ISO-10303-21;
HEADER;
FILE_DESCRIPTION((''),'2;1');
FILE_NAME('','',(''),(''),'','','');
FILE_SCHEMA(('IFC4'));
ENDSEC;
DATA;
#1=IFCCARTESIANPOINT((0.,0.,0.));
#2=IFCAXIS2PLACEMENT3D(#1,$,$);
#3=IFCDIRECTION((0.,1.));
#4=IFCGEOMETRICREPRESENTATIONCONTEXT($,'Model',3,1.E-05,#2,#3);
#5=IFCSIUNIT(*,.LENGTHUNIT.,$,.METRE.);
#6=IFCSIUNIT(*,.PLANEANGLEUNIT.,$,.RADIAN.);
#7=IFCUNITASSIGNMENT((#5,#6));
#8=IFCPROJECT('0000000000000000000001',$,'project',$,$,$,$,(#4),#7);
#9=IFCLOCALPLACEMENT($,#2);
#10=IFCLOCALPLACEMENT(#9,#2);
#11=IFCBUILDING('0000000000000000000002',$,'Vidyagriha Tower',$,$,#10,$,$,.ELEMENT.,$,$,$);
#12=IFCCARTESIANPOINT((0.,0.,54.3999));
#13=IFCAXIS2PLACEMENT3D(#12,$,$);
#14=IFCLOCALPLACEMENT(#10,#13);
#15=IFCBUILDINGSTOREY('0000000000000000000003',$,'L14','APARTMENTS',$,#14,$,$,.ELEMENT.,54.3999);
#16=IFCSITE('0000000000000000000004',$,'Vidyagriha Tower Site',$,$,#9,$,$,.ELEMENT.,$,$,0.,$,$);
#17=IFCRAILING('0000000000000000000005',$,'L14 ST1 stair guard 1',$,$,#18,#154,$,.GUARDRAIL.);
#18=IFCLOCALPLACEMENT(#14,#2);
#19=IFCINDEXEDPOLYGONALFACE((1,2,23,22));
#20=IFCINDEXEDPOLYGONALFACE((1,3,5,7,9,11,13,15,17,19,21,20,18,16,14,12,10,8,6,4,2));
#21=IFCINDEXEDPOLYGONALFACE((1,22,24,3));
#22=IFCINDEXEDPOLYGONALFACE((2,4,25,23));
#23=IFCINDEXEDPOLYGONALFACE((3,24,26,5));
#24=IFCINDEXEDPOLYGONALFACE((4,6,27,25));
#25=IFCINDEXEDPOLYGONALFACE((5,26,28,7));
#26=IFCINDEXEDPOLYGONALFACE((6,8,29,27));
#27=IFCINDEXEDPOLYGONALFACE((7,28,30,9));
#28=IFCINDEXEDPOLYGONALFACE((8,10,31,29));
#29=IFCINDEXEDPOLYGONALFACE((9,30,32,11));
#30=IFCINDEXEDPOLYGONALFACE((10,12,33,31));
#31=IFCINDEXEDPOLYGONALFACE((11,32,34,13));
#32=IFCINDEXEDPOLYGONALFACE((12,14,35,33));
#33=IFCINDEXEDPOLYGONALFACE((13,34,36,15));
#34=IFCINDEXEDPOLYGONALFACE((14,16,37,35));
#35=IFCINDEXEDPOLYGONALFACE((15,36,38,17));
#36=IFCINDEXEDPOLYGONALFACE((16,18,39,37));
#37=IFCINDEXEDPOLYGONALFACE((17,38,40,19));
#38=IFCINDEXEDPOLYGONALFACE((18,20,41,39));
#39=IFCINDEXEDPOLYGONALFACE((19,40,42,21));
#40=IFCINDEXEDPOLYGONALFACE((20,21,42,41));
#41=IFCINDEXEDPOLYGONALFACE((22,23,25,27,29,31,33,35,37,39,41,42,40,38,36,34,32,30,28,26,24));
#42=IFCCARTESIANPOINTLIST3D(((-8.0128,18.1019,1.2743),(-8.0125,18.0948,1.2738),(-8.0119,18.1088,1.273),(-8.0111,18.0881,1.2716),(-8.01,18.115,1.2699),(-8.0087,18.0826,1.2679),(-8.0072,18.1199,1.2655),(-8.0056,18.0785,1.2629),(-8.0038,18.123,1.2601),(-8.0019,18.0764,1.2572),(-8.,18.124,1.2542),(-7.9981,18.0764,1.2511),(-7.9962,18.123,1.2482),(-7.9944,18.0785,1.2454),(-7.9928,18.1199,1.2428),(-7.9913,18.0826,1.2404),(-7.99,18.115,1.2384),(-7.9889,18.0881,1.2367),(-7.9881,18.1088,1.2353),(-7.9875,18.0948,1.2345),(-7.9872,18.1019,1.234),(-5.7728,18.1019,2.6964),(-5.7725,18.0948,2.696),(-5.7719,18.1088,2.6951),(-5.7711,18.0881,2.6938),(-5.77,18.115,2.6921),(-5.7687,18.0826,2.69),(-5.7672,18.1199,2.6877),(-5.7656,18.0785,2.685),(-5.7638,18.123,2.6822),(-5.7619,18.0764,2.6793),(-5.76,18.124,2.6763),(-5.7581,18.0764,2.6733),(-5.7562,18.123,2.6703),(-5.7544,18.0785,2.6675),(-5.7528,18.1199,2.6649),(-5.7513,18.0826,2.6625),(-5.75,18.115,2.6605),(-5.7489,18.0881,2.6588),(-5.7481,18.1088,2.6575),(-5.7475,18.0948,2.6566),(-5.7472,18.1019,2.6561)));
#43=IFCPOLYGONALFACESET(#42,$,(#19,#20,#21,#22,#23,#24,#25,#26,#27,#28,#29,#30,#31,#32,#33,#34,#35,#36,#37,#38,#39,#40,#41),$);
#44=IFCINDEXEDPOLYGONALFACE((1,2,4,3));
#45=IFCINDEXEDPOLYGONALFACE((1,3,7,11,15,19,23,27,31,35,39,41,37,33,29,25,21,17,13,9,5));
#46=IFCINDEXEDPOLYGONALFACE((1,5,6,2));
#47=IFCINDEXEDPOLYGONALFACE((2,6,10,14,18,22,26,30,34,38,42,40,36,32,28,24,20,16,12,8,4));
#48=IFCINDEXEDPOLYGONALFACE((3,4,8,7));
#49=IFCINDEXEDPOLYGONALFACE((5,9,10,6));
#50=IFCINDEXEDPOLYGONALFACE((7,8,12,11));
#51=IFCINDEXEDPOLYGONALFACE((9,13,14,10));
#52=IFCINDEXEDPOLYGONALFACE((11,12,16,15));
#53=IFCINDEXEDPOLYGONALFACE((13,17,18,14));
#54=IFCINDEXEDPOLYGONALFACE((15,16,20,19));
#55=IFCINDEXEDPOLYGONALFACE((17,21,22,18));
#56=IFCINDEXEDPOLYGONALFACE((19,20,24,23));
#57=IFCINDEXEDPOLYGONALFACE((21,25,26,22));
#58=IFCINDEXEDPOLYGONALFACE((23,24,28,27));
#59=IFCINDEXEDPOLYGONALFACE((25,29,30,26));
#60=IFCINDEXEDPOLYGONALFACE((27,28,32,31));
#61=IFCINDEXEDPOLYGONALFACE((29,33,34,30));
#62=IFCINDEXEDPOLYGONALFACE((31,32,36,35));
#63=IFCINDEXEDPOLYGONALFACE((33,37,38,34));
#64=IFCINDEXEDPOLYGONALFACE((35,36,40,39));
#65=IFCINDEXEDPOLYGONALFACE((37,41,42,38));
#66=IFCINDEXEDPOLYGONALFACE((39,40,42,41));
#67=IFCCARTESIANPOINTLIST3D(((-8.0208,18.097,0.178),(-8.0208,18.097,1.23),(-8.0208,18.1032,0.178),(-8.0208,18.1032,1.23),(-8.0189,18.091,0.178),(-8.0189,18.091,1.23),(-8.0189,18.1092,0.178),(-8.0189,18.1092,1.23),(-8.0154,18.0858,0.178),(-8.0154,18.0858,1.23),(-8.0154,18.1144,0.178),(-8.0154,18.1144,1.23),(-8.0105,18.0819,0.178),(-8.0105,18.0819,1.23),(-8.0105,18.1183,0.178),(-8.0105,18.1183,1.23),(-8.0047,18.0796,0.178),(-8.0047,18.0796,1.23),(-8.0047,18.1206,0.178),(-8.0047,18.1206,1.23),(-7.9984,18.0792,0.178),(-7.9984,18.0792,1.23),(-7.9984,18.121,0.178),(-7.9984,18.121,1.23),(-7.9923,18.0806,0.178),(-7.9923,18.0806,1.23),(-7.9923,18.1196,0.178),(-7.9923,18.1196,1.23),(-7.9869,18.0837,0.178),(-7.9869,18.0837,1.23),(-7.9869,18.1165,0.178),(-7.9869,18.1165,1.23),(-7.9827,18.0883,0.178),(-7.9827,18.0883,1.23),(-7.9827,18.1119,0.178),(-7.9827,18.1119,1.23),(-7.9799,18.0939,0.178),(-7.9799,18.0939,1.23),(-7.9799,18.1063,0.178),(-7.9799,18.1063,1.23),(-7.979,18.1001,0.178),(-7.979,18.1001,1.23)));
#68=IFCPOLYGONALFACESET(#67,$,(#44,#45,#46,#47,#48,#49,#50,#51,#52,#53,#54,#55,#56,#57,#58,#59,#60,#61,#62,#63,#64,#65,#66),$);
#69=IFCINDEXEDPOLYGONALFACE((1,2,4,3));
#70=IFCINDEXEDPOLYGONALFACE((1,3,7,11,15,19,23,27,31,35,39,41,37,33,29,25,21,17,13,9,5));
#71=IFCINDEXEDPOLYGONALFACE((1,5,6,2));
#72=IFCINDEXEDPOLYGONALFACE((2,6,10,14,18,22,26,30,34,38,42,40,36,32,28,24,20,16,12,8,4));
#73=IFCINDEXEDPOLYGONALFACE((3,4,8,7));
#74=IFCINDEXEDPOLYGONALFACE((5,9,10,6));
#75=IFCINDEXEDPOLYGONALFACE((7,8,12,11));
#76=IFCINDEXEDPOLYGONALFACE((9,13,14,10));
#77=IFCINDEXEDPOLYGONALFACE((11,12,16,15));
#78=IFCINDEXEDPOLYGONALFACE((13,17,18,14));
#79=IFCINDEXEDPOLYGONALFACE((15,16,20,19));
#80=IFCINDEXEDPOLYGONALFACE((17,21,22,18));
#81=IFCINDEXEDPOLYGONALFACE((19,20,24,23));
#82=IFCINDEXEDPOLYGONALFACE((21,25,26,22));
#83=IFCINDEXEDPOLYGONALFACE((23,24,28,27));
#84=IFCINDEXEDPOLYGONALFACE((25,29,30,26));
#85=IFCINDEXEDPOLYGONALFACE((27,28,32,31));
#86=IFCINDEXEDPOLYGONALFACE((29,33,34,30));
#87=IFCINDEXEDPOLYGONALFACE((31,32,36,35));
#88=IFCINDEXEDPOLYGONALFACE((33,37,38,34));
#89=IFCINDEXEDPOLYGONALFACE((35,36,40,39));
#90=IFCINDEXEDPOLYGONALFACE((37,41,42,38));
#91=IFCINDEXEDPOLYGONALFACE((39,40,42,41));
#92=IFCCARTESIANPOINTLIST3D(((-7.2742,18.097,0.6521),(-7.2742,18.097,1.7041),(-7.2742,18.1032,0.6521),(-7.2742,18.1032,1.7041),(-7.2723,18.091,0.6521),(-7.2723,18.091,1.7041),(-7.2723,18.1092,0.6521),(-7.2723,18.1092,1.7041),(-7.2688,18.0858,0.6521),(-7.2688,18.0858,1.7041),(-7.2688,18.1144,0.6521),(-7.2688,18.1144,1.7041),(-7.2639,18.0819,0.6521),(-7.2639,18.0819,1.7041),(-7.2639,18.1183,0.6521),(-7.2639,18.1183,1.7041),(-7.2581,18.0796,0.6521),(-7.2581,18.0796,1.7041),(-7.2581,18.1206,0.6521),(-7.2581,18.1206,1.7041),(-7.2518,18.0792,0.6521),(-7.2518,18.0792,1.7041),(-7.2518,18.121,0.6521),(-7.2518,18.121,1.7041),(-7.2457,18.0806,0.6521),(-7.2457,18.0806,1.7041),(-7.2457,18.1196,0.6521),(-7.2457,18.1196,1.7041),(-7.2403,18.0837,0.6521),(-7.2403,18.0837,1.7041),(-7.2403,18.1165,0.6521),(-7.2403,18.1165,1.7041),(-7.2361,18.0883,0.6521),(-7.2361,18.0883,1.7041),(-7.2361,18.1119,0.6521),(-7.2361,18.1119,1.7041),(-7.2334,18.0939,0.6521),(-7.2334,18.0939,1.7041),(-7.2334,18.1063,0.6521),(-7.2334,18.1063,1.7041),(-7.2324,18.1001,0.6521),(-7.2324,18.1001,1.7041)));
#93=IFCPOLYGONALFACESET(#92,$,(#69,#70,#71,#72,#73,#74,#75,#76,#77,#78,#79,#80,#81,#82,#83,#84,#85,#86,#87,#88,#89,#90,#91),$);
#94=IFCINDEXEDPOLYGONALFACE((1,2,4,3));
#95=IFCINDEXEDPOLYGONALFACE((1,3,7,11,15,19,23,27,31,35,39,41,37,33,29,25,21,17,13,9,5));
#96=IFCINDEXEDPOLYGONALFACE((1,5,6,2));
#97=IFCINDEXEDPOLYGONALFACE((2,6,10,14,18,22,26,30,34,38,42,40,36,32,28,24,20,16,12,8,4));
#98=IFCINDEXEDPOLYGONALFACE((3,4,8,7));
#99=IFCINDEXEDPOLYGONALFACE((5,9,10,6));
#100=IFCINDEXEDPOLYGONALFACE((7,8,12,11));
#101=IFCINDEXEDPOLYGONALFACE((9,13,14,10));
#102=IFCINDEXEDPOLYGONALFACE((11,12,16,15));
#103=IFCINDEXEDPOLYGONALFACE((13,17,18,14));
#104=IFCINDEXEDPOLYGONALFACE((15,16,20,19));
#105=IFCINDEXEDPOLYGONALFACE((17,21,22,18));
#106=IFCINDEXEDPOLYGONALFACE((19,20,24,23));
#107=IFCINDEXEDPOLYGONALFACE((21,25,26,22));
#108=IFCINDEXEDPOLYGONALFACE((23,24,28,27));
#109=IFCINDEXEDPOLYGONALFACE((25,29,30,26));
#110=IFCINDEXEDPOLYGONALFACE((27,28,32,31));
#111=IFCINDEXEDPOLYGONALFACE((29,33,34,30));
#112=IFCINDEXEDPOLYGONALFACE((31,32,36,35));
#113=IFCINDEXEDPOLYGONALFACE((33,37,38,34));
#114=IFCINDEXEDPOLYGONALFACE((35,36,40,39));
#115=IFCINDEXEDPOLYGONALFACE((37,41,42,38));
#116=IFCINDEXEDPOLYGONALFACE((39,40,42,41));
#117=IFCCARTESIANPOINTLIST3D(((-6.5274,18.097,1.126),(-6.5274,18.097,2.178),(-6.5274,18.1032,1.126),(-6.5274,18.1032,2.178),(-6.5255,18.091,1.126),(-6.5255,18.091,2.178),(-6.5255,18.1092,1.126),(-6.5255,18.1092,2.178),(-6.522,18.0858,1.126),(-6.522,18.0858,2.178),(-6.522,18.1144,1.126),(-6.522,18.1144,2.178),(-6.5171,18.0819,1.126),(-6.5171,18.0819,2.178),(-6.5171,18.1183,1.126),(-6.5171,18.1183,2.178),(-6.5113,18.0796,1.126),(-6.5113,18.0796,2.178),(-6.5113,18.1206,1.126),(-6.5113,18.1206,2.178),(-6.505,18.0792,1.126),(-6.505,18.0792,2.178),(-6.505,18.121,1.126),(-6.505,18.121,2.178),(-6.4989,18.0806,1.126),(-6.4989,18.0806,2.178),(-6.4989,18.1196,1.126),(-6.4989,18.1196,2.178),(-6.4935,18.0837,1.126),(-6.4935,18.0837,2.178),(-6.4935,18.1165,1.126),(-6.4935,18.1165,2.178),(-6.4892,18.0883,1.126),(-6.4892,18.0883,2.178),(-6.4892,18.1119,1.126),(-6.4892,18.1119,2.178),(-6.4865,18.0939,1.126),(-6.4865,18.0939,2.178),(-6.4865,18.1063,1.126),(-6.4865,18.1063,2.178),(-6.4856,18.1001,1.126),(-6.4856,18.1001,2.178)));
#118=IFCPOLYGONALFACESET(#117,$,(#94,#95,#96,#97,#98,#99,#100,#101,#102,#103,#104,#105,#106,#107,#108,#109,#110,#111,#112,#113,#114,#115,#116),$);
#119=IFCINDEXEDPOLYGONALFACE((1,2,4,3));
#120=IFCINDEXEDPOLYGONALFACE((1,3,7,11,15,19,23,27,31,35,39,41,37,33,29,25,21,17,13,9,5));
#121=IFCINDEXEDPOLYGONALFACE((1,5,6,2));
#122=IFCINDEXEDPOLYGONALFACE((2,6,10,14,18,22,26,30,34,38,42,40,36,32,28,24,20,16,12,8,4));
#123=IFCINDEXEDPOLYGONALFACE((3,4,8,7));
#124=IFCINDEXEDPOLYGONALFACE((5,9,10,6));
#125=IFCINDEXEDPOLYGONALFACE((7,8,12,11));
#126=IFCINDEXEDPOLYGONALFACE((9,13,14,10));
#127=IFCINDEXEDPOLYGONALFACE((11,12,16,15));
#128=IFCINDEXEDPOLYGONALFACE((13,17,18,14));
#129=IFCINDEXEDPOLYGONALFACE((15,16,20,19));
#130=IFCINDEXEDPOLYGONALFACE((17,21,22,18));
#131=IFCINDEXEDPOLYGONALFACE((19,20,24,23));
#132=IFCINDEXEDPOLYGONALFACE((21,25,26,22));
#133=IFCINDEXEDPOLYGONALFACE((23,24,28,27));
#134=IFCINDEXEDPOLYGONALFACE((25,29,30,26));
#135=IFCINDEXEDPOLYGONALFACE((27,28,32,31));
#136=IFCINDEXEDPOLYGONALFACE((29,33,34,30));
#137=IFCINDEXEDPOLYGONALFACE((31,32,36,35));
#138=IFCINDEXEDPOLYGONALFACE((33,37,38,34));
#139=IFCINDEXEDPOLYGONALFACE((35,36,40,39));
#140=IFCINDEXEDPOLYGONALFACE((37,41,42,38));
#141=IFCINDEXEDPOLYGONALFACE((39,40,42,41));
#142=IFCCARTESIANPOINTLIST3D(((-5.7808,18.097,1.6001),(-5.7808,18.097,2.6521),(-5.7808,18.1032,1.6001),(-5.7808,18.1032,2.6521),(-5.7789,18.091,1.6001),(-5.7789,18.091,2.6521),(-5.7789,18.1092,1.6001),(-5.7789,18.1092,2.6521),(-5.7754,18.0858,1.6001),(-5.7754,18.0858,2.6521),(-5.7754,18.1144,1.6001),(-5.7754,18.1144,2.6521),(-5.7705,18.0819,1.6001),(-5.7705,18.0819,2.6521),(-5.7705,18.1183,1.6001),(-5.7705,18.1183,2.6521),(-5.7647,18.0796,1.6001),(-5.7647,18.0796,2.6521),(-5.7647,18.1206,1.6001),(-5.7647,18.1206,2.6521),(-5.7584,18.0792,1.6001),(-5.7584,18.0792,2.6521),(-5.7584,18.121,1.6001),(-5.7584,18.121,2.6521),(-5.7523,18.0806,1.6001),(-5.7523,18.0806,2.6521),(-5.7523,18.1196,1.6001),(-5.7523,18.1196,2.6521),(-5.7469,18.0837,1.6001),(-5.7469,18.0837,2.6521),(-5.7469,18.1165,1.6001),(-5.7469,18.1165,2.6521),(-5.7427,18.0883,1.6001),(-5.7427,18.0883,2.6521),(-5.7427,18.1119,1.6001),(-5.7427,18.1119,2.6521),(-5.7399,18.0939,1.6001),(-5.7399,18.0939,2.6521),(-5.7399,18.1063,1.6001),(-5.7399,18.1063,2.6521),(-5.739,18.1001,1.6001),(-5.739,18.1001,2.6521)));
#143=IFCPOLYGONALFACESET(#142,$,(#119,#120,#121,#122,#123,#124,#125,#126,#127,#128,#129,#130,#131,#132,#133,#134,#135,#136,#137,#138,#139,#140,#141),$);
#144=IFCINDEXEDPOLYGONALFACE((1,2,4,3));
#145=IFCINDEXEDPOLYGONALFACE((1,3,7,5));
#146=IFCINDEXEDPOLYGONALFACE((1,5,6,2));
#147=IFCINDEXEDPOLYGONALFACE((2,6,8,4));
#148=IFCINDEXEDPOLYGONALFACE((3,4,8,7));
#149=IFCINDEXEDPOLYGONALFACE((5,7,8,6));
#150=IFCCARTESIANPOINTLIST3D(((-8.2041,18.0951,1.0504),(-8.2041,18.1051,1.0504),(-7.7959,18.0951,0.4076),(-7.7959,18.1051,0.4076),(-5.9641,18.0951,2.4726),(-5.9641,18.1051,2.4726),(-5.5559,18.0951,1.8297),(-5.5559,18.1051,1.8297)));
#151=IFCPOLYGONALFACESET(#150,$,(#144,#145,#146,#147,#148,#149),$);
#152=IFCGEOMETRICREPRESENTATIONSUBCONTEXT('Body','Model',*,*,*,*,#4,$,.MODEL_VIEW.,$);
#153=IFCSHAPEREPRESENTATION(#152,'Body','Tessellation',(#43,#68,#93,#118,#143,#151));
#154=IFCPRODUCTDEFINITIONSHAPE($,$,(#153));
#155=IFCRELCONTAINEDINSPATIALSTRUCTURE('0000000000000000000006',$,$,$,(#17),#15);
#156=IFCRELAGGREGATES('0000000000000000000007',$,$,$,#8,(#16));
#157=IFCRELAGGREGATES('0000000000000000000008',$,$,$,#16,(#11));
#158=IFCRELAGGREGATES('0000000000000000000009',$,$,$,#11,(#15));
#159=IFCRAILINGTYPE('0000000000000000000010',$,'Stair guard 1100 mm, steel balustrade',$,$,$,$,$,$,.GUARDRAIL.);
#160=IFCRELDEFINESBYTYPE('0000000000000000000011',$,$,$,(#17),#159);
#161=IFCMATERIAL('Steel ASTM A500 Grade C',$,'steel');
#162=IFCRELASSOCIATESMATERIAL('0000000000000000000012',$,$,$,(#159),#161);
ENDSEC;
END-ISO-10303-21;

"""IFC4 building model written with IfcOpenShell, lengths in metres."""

from ifc_helpers import new_model, si_unit, direction, frame, origin, origin_2d, place, context, subcontext, project, spatial, rectangle, circle, extrude, material, type_object, element, save


model = new_model("IFC4")

# Units and contexts
model_context = context("Model", 3, precision=1e-05, world=origin(), true_north=direction((0.0, 1.0)))
body_context = subcontext(model_context, "Body", "Model", "MODEL_VIEW")
ifc_project = project(units=[si_unit("LENGTHUNIT", "METRE"), si_unit("PLANEANGLEUNIT", "RADIAN")], contexts=[model_context])

# Site, building, storey
site_placement = place(None, origin())
site = spatial("IfcSite", under=ifc_project, at=site_placement, Name="Vidyagriha Tower Site", CompositionType="ELEMENT", RefElevation=0.0)
building_placement = place(site_placement, origin())
building = spatial("IfcBuilding", under=site, at=building_placement, Name="Vidyagriha Tower", CompositionType="ELEMENT")
storey_placement = place(building_placement, frame((0.0, 0.0, 54.3999)))
storey = spatial("IfcBuildingStorey", under=building, at=storey_placement, Name="L14", Description="APARTMENTS", CompositionType="ELEMENT", Elevation=54.3999)

# Railing
ifc_material_1 = material(Name="Steel ASTM A500 Grade C", Category="steel")
railing_type_1 = type_object("IfcRailingType", Name="Stair guard 1100 mm, steel balustrade", PredefinedType="GUARDRAIL", material=ifc_material_1)
railing_1_placement = place(storey_placement, frame((-8.0, 18.1001, 0.178)))
element("IfcRailing", 1, at=railing_1_placement, inside=storey, type_object=railing_type_1, Name="L14 ST1 stair guard 1", PredefinedType="GUARDRAIL", context=body_context, shape_type="SweptSolid", body=[
    extrude(circle(Radius=0.0239, at=origin_2d()), frame((0.0, 0.0, 1.0762), z_axis=(0.844229, 0.0, 0.535982), x_axis=(0.0, 1.0, 0.0)), (0.0, 0.0, 1.0), 2.6533),
    extrude(circle(Radius=0.021, at=origin_2d()), origin(), (0.0, 0.0, 1.0), 1.052),
    extrude(circle(Radius=0.021, at=origin_2d()), frame((0.7466, 0.0, 0.4741)), (0.0, 0.0, 1.0), 1.052),
    extrude(circle(Radius=0.021, at=origin_2d()), frame((1.4934, 0.0, 0.948)), (0.0, 0.0, 1.0), 1.052),
    extrude(circle(Radius=0.021, at=origin_2d()), frame((2.24, 0.0, 1.4221)), (0.0, 0.0, 1.0), 1.052),
    extrude(rectangle(XDim=0.01, YDim=0.7615, at=origin_2d()), frame((0.0, 0.0, 0.551), z_axis=(0.844229, 0.0, 0.535982), x_axis=(0.0, 1.0, 0.0)), (0.0, 0.0, 1.0), 2.6533),
])

save(model, "model.ifc")
